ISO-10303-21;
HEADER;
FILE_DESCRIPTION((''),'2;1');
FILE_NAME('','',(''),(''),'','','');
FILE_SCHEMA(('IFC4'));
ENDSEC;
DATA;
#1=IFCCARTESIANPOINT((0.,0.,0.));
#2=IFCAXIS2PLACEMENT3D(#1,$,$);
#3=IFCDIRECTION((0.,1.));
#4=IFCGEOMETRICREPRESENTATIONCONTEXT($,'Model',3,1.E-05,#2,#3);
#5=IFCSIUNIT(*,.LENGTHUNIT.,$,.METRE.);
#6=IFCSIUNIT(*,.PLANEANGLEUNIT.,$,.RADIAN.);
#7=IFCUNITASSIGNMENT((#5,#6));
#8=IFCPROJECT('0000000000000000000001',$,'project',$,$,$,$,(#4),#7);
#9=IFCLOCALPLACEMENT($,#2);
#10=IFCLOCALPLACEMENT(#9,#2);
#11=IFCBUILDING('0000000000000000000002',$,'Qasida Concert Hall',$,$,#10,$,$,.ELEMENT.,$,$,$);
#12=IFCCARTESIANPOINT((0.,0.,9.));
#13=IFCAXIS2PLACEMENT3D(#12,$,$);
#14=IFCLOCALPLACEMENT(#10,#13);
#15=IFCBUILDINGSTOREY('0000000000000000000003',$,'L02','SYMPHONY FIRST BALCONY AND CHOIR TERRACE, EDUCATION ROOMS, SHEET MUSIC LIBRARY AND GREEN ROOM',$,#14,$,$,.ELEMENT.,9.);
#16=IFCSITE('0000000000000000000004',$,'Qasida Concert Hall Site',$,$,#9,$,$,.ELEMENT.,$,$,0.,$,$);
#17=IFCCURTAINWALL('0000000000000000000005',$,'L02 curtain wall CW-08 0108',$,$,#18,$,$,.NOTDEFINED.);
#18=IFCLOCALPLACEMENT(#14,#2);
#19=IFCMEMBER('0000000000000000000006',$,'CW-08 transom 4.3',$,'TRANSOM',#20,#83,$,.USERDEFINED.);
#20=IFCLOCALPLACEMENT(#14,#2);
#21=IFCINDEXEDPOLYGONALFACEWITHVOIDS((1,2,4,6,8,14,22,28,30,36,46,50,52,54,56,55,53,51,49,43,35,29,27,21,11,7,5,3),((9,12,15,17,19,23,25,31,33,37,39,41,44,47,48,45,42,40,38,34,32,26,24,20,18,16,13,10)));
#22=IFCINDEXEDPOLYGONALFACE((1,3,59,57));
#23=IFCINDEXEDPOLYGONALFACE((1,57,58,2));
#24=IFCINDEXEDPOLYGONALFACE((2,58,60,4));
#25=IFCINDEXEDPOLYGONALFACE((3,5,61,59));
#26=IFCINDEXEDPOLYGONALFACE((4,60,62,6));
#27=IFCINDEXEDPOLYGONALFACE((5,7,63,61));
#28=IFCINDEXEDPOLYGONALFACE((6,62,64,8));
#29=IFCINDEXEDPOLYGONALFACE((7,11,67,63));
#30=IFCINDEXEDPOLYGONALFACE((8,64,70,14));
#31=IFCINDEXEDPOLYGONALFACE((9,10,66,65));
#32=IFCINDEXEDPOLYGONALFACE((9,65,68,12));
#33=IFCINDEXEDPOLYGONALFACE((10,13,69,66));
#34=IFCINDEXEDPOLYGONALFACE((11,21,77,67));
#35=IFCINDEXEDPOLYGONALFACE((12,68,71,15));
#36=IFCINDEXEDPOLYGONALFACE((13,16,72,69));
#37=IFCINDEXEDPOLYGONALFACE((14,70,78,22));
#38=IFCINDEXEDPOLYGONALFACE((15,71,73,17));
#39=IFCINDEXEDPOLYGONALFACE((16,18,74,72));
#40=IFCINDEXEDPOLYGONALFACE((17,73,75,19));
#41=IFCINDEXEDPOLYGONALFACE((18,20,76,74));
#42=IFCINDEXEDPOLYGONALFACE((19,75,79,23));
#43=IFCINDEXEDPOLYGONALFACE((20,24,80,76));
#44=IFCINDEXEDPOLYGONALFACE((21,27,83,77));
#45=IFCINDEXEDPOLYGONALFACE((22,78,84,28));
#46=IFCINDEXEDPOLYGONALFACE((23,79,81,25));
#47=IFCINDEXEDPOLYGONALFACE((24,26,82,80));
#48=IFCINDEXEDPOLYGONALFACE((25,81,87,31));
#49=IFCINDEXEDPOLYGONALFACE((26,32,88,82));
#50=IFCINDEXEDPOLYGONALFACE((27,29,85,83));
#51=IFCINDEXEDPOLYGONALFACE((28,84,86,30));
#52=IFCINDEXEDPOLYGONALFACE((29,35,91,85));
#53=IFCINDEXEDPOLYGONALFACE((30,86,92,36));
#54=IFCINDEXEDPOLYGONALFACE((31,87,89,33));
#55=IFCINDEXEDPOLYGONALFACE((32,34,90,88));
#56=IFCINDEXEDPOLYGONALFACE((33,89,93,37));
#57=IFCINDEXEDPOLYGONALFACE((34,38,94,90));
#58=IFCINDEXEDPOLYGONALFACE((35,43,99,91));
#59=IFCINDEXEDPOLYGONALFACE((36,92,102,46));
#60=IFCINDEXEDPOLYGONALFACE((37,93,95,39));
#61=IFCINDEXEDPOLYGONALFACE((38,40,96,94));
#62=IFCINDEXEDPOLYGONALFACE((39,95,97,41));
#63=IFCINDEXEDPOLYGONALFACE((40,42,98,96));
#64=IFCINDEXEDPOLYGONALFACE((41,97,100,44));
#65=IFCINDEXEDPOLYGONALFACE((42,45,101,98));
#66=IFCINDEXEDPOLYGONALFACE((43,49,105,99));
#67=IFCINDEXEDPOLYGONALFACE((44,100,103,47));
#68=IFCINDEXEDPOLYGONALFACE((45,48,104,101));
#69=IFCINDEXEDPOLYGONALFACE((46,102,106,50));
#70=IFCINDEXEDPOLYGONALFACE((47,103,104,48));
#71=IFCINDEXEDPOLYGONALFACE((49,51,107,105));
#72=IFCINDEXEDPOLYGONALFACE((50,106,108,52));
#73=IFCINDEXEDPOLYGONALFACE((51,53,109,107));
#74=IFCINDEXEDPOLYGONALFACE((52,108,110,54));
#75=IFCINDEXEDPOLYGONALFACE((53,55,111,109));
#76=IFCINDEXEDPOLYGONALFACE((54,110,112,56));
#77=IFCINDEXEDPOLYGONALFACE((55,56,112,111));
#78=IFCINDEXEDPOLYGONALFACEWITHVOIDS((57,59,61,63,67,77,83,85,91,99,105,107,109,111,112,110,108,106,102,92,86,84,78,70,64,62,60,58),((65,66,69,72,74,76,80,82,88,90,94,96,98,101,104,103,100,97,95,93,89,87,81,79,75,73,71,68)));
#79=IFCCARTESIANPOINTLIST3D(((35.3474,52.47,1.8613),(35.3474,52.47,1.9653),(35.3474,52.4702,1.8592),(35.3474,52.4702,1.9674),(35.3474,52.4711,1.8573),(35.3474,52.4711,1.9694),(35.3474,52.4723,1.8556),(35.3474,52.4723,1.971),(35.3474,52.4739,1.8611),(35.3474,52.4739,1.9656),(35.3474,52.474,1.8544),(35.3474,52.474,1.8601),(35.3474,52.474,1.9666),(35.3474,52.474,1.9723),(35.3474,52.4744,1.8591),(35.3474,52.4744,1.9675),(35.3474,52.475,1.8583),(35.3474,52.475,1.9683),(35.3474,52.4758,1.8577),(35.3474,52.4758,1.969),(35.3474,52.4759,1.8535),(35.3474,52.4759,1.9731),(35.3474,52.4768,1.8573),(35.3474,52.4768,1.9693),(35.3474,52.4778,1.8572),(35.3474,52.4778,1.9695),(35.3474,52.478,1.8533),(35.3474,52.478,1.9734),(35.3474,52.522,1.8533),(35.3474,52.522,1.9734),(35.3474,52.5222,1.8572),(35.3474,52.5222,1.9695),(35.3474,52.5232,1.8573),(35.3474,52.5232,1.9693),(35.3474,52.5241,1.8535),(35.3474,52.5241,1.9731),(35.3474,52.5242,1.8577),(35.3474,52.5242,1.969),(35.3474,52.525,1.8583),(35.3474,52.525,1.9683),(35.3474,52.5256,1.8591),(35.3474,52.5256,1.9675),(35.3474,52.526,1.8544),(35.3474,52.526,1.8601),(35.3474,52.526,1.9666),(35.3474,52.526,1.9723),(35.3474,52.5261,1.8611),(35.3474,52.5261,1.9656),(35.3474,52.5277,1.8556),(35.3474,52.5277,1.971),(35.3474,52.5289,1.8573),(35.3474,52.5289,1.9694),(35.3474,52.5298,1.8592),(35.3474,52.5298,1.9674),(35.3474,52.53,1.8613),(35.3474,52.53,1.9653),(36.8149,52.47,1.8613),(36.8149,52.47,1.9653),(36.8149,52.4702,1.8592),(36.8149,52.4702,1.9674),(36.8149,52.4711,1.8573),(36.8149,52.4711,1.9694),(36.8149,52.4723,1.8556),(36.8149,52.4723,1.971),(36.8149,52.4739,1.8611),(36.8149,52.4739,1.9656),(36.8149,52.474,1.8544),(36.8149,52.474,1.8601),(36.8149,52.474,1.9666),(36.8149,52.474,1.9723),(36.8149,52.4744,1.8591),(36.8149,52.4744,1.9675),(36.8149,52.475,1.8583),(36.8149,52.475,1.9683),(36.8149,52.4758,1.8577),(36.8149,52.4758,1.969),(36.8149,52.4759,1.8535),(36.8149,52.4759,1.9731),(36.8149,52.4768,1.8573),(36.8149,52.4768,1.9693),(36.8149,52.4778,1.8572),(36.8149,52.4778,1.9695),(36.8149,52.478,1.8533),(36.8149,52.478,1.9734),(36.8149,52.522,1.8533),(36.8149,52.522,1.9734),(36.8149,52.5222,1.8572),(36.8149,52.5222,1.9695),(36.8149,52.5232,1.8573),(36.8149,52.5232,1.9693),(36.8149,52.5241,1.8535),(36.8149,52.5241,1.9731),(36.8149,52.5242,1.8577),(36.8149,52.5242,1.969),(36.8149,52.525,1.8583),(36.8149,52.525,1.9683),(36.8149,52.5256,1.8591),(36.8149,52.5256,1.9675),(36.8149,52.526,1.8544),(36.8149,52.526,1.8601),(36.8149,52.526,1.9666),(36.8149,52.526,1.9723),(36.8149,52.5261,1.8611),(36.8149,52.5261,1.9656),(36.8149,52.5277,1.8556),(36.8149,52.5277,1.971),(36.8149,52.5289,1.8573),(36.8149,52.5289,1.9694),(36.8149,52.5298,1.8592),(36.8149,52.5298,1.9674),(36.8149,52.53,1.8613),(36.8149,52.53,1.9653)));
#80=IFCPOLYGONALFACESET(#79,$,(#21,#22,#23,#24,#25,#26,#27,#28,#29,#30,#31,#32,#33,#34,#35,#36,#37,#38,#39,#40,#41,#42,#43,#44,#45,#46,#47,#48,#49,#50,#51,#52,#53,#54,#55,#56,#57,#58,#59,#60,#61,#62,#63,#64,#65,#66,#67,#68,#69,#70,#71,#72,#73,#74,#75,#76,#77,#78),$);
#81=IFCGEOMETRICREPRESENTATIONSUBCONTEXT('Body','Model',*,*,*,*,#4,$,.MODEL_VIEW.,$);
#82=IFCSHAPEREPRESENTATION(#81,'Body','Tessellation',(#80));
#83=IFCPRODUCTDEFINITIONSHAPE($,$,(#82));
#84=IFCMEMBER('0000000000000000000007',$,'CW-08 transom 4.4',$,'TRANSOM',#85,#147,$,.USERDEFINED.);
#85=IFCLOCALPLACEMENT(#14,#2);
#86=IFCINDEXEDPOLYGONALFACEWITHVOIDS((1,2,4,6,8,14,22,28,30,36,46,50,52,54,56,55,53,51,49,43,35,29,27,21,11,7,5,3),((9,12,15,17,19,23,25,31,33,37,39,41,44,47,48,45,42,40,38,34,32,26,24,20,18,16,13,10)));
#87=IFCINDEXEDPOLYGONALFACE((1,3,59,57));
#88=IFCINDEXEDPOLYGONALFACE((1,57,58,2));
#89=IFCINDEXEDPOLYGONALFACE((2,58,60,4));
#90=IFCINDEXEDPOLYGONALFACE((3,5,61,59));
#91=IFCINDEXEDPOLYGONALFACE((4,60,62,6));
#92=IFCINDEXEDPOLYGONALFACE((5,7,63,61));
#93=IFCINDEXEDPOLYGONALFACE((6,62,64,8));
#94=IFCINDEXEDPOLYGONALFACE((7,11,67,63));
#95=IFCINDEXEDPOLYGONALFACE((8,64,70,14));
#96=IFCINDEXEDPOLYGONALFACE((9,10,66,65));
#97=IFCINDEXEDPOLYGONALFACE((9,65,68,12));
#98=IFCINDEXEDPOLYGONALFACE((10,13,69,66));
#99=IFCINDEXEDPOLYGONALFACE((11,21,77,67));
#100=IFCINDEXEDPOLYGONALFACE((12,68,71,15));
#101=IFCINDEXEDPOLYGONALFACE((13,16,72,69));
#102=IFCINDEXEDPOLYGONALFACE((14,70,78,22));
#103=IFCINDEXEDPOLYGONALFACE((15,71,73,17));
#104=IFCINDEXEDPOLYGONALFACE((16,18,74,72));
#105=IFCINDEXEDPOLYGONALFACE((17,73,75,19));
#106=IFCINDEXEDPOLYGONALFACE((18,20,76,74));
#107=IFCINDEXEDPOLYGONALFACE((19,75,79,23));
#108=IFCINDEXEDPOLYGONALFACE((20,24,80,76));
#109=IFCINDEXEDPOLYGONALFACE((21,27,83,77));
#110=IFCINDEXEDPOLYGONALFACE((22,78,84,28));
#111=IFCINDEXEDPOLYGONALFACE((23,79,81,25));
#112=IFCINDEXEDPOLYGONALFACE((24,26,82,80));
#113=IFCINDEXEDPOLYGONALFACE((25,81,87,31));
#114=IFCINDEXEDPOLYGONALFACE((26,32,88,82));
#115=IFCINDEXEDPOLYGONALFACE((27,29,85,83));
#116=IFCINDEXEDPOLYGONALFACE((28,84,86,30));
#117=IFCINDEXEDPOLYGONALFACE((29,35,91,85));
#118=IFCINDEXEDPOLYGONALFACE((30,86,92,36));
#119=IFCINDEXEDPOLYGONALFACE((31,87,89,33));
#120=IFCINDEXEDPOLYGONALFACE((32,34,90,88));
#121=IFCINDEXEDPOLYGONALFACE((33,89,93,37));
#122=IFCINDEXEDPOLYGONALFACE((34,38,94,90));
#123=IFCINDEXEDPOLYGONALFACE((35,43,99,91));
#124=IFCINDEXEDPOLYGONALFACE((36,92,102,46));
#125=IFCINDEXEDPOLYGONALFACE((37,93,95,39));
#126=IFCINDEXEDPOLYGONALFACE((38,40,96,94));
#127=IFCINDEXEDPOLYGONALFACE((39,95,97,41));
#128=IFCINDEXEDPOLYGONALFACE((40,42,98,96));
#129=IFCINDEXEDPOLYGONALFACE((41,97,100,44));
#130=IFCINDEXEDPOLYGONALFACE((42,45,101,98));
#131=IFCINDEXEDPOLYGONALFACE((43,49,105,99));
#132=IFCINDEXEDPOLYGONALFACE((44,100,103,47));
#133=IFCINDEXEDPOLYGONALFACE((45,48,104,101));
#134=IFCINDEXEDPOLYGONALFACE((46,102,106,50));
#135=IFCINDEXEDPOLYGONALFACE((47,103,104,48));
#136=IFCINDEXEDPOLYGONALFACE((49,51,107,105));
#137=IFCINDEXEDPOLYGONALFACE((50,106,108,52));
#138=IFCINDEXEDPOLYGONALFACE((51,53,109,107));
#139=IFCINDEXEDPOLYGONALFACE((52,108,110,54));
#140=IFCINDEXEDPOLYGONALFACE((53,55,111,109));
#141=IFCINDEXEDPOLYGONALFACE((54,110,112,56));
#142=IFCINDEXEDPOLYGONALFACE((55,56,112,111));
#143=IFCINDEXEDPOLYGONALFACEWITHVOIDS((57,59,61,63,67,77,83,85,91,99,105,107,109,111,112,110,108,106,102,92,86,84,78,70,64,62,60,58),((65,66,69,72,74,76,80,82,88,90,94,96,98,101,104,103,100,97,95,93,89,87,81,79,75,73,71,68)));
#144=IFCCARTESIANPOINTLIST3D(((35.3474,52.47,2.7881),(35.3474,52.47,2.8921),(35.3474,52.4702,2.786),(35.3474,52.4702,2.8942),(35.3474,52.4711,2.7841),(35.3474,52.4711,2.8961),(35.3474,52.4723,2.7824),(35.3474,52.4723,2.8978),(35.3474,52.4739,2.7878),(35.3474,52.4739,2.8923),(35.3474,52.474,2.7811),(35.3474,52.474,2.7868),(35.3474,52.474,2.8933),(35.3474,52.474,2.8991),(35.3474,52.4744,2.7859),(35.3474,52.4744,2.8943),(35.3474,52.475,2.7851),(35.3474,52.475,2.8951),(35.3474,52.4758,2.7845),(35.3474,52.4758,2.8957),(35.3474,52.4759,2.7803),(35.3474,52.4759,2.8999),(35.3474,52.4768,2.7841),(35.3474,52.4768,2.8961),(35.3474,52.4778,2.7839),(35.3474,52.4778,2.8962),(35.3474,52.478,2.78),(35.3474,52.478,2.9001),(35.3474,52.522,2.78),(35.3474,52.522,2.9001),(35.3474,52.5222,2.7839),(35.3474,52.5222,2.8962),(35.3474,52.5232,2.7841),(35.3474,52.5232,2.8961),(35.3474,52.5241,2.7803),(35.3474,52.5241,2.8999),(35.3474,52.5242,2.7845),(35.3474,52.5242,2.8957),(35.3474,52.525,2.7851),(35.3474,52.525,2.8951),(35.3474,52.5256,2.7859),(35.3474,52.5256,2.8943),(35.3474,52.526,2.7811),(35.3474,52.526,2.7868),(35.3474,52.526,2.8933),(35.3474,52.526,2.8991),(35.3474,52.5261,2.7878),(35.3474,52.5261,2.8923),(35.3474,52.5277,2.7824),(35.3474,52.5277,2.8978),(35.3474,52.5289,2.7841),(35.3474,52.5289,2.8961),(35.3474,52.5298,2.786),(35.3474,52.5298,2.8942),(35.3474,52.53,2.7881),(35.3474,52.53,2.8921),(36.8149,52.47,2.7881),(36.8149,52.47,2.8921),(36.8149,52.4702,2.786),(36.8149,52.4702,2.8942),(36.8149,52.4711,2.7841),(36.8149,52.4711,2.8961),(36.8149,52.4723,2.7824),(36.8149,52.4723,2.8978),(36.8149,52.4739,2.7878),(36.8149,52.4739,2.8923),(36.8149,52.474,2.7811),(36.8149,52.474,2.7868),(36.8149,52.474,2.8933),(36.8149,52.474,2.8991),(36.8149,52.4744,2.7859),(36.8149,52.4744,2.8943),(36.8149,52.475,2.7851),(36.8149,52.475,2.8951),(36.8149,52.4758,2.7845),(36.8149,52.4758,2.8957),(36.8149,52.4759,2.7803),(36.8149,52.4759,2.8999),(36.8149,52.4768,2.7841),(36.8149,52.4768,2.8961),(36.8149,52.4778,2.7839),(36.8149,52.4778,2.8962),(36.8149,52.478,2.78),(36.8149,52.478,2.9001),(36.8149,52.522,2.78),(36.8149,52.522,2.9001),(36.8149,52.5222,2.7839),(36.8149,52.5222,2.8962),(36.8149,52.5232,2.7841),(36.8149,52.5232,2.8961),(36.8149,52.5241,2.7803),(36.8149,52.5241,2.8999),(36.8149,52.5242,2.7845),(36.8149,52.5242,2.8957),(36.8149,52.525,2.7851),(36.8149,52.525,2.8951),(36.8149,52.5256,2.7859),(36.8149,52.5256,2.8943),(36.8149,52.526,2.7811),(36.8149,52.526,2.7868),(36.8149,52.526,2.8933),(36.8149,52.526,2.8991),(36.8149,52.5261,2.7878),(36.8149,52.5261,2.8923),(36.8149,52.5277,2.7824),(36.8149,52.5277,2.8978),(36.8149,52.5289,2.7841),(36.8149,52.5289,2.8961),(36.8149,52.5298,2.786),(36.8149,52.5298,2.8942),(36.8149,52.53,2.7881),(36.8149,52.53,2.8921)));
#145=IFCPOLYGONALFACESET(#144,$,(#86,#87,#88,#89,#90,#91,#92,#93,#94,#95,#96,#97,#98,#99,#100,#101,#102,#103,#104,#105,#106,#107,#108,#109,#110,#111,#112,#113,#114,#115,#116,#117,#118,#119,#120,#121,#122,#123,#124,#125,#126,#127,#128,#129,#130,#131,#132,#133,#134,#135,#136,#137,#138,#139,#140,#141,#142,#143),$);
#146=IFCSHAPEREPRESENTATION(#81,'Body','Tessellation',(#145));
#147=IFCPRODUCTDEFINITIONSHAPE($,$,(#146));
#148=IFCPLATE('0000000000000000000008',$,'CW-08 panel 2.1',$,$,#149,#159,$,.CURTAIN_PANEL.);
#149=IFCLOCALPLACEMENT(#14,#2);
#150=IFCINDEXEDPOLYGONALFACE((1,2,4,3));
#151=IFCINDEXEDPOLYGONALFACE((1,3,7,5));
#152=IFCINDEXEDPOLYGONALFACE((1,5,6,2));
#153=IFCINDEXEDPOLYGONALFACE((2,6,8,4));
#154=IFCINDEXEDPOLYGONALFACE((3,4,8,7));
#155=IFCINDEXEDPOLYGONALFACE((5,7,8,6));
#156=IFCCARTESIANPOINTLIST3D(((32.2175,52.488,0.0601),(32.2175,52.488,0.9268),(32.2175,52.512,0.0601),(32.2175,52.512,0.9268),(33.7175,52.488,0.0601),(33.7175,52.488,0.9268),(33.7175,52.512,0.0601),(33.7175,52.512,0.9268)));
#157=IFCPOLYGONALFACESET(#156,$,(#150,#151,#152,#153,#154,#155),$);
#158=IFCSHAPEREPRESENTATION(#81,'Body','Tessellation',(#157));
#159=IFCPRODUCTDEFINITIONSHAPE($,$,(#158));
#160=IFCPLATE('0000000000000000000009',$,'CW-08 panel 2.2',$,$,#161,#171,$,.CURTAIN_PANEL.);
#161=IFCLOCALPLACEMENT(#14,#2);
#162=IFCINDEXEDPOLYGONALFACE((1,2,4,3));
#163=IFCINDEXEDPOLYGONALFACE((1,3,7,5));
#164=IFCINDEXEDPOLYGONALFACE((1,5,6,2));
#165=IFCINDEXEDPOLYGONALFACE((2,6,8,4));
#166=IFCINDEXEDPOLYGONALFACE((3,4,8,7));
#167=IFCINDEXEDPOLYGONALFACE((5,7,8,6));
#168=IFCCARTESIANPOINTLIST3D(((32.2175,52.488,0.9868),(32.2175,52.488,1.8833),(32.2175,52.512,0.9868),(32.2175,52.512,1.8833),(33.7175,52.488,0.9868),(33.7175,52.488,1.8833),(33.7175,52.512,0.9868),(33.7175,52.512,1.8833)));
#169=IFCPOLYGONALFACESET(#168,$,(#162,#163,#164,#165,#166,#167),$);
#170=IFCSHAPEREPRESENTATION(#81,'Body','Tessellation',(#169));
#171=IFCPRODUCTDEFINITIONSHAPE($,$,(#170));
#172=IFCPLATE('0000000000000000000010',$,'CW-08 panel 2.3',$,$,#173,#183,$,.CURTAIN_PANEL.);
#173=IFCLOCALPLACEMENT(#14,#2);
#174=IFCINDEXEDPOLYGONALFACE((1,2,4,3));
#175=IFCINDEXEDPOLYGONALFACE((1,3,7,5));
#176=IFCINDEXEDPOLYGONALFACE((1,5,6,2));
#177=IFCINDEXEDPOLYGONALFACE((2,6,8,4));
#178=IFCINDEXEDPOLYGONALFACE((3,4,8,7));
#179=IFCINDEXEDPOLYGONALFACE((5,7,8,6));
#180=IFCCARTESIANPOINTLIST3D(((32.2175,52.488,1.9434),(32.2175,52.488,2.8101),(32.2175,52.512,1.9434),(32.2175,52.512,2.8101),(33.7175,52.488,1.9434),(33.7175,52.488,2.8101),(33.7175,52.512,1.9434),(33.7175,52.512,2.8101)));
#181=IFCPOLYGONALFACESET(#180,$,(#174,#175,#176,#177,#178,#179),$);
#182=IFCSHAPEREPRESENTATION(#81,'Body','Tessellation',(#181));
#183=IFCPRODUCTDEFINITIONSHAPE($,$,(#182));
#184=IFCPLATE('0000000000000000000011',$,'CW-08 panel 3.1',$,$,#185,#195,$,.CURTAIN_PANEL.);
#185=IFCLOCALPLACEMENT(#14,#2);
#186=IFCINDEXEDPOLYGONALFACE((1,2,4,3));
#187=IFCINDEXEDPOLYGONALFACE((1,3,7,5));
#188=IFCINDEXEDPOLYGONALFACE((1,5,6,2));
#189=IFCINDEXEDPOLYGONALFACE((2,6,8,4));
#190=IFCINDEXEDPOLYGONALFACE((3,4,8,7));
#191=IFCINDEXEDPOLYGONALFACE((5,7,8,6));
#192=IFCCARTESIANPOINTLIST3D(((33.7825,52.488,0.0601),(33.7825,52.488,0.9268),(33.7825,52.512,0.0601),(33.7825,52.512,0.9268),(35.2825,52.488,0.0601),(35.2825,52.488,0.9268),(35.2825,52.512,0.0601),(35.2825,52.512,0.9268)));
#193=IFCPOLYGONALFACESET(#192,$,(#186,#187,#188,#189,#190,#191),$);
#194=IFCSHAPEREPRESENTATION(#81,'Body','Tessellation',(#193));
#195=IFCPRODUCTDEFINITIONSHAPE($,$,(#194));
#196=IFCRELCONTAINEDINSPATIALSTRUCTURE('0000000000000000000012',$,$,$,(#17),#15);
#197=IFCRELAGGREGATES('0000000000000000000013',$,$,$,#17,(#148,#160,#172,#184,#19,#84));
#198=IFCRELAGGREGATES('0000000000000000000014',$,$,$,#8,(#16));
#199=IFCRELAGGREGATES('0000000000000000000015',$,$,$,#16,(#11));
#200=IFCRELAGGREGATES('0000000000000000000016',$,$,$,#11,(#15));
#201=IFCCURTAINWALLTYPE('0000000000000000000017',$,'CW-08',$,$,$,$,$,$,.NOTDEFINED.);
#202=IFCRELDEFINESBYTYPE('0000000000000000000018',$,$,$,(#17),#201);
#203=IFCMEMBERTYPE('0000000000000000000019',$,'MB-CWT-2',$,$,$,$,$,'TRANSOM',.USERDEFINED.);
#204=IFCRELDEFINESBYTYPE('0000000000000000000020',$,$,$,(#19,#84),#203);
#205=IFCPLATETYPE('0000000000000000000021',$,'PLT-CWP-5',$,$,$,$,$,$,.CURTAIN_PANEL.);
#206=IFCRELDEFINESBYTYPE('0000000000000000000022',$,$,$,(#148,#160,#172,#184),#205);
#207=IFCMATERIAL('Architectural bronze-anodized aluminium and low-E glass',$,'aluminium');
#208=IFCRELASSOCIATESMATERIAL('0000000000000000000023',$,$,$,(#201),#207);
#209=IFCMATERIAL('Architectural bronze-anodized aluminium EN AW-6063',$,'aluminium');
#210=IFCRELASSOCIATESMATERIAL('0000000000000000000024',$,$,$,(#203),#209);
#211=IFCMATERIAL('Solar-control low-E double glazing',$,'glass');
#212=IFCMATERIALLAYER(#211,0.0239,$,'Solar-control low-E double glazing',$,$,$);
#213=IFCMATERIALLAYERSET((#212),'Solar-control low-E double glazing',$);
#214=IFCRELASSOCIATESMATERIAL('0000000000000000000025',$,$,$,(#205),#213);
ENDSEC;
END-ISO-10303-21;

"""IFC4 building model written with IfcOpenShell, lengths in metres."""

from ifc_helpers import new_model, si_unit, direction, frame, origin, origin_2d, place, context, subcontext, project, spatial, rectangle, hollow_rectangle, extrude, material, layer, layer_set, material_profile, profile_set, type_object, element, aggregate, save


model = new_model("IFC4")

# Units and contexts
model_context = context("Model", 3, precision=1e-05, world=origin(), true_north=direction((0.0, 1.0)))
body_context = subcontext(model_context, "Body", "Model", "MODEL_VIEW")
ifc_project = project(units=[si_unit("LENGTHUNIT", "METRE"), si_unit("PLANEANGLEUNIT", "RADIAN")], contexts=[model_context])

# Site, building, storey
site_placement = place(None, origin())
site = spatial("IfcSite", under=ifc_project, at=site_placement, Name="Qasida Concert Hall Site", CompositionType="ELEMENT", RefElevation=0.0)
building_placement = place(site_placement, origin())
building = spatial("IfcBuilding", under=site, at=building_placement, Name="Qasida Concert Hall", CompositionType="ELEMENT")
storey_placement = place(building_placement, frame((0.0, 0.0, 9.0)))
storey = spatial("IfcBuildingStorey", under=building, at=storey_placement, Name="L02", Description="SYMPHONY FIRST BALCONY AND CHOIR TERRACE, EDUCATION ROOMS, SHEET MUSIC LIBRARY AND GREEN ROOM", CompositionType="ELEMENT", Elevation=9.0)

# Curtain wall, members, plates
ifc_material_1 = material(Name="Architectural bronze-anodized aluminium and low-E glass", Category="aluminium")
curtain_wall_type = type_object("IfcCurtainWallType", Name="CW-08", PredefinedType="NOTDEFINED", material=ifc_material_1)
curtain_wall_placement = place(storey_placement, origin())
curtain_wall = element("IfcCurtainWall", 1, at=curtain_wall_placement, inside=storey, type_object=curtain_wall_type, Name="L02 curtain wall CW-08 0108", PredefinedType="NOTDEFINED")
ifc_material_2 = material(Name="Architectural bronze-anodized aluminium EN AW-6063", Category="aluminium")
ifc_material_profile_1 = material_profile(ifc_material_2, hollow_rectangle(XDim=0.0601, YDim=0.1201, WallThickness=0.0039, InnerFilletRadius=0.0039, OuterFilletRadius=0.0081, at=origin_2d()), Name="CWT 120x60x4")
ifc_profile_set_1 = profile_set([ifc_material_profile_1], Name="Architectural bronze-anodized aluminium EN AW-6063")
member_type_1 = type_object("IfcMemberType", Name="MB-CWT-2", ElementType="TRANSOM", PredefinedType="USERDEFINED", material=ifc_profile_set_1)
member_1_placement = place(storey_placement, frame((35.3474, 52.5, 1.9133), z_axis=(1.0, 0.0, 0.0), x_axis=(0.0, 1.0, 0.0)))
member_1 = element("IfcMember", 2, at=member_1_placement, type_object=member_type_1, Name="CW-08 transom 4.3", ObjectType="TRANSOM", PredefinedType="USERDEFINED", context=body_context, shape_type="SweptSolid", body=[
    extrude(hollow_rectangle(XDim=0.0601, YDim=0.1201, WallThickness=0.0039, InnerFilletRadius=0.0039, OuterFilletRadius=0.0081, at=origin_2d()), origin(), (0.0, 0.0, 1.0), 1.4675),
])
member_2_placement = place(storey_placement, frame((35.3474, 52.5, 2.8401), z_axis=(1.0, 0.0, 0.0), x_axis=(0.0, 1.0, 0.0)))
member_2 = element("IfcMember", 3, at=member_2_placement, type_object=member_type_1, Name="CW-08 transom 4.4", ObjectType="TRANSOM", PredefinedType="USERDEFINED", context=body_context, shape_type="SweptSolid", body=[
    extrude(hollow_rectangle(XDim=0.0601, YDim=0.1201, WallThickness=0.0039, InnerFilletRadius=0.0039, OuterFilletRadius=0.0081, at=origin_2d()), origin(), (0.0, 0.0, 1.0), 1.4675),
])
ifc_material_3 = material(Name="Solar-control low-E double glazing", Category="glass")
ifc_layer_1 = layer(ifc_material_3, 0.0239, Name="Solar-control low-E double glazing")
ifc_layer_set_1 = layer_set([ifc_layer_1], Name="Solar-control low-E double glazing")
plate_type = type_object("IfcPlateType", Name="PLT-CWP-5", PredefinedType="CURTAIN_PANEL", material=ifc_layer_set_1)
plate_1_placement = place(storey_placement, frame((32.9675, 52.5, 0.0601), z_axis=(0.0, 0.0, 1.0), x_axis=(1.0, 0.0, 0.0)))
plate_1 = element("IfcPlate", 4, at=plate_1_placement, type_object=plate_type, Name="CW-08 panel 2.1", PredefinedType="CURTAIN_PANEL", context=body_context, shape_type="SweptSolid", body=[
    extrude(rectangle(XDim=1.5, YDim=0.0239, at=origin_2d()), origin(), (0.0, 0.0, 1.0), 0.8667),
])
plate_2_placement = place(storey_placement, frame((32.9675, 52.5, 0.9868), z_axis=(0.0, 0.0, 1.0), x_axis=(1.0, 0.0, 0.0)))
plate_2 = element("IfcPlate", 5, at=plate_2_placement, type_object=plate_type, Name="CW-08 panel 2.2", PredefinedType="CURTAIN_PANEL", context=body_context, shape_type="SweptSolid", body=[
    extrude(rectangle(XDim=1.5, YDim=0.0239, at=origin_2d()), origin(), (0.0, 0.0, 1.0), 0.8965),
])
plate_3_placement = place(storey_placement, frame((32.9675, 52.5, 1.9434), z_axis=(0.0, 0.0, 1.0), x_axis=(1.0, 0.0, 0.0)))
plate_3 = element("IfcPlate", 6, at=plate_3_placement, type_object=plate_type, Name="CW-08 panel 2.3", PredefinedType="CURTAIN_PANEL", context=body_context, shape_type="SweptSolid", body=[
    extrude(rectangle(XDim=1.5, YDim=0.0239, at=origin_2d()), origin(), (0.0, 0.0, 1.0), 0.8667),
])
plate_4_placement = place(storey_placement, frame((34.5325, 52.5, 0.0601), z_axis=(0.0, 0.0, 1.0), x_axis=(1.0, 0.0, 0.0)))
plate_4 = element("IfcPlate", 7, at=plate_4_placement, type_object=plate_type, Name="CW-08 panel 3.1", PredefinedType="CURTAIN_PANEL", context=body_context, shape_type="SweptSolid", body=[
    extrude(rectangle(XDim=1.5, YDim=0.0239, at=origin_2d()), origin(), (0.0, 0.0, 1.0), 0.8667),
])
aggregate(curtain_wall, [plate_1, plate_2, plate_3, plate_4, member_1, member_2])

save(model, "model.ifc")
